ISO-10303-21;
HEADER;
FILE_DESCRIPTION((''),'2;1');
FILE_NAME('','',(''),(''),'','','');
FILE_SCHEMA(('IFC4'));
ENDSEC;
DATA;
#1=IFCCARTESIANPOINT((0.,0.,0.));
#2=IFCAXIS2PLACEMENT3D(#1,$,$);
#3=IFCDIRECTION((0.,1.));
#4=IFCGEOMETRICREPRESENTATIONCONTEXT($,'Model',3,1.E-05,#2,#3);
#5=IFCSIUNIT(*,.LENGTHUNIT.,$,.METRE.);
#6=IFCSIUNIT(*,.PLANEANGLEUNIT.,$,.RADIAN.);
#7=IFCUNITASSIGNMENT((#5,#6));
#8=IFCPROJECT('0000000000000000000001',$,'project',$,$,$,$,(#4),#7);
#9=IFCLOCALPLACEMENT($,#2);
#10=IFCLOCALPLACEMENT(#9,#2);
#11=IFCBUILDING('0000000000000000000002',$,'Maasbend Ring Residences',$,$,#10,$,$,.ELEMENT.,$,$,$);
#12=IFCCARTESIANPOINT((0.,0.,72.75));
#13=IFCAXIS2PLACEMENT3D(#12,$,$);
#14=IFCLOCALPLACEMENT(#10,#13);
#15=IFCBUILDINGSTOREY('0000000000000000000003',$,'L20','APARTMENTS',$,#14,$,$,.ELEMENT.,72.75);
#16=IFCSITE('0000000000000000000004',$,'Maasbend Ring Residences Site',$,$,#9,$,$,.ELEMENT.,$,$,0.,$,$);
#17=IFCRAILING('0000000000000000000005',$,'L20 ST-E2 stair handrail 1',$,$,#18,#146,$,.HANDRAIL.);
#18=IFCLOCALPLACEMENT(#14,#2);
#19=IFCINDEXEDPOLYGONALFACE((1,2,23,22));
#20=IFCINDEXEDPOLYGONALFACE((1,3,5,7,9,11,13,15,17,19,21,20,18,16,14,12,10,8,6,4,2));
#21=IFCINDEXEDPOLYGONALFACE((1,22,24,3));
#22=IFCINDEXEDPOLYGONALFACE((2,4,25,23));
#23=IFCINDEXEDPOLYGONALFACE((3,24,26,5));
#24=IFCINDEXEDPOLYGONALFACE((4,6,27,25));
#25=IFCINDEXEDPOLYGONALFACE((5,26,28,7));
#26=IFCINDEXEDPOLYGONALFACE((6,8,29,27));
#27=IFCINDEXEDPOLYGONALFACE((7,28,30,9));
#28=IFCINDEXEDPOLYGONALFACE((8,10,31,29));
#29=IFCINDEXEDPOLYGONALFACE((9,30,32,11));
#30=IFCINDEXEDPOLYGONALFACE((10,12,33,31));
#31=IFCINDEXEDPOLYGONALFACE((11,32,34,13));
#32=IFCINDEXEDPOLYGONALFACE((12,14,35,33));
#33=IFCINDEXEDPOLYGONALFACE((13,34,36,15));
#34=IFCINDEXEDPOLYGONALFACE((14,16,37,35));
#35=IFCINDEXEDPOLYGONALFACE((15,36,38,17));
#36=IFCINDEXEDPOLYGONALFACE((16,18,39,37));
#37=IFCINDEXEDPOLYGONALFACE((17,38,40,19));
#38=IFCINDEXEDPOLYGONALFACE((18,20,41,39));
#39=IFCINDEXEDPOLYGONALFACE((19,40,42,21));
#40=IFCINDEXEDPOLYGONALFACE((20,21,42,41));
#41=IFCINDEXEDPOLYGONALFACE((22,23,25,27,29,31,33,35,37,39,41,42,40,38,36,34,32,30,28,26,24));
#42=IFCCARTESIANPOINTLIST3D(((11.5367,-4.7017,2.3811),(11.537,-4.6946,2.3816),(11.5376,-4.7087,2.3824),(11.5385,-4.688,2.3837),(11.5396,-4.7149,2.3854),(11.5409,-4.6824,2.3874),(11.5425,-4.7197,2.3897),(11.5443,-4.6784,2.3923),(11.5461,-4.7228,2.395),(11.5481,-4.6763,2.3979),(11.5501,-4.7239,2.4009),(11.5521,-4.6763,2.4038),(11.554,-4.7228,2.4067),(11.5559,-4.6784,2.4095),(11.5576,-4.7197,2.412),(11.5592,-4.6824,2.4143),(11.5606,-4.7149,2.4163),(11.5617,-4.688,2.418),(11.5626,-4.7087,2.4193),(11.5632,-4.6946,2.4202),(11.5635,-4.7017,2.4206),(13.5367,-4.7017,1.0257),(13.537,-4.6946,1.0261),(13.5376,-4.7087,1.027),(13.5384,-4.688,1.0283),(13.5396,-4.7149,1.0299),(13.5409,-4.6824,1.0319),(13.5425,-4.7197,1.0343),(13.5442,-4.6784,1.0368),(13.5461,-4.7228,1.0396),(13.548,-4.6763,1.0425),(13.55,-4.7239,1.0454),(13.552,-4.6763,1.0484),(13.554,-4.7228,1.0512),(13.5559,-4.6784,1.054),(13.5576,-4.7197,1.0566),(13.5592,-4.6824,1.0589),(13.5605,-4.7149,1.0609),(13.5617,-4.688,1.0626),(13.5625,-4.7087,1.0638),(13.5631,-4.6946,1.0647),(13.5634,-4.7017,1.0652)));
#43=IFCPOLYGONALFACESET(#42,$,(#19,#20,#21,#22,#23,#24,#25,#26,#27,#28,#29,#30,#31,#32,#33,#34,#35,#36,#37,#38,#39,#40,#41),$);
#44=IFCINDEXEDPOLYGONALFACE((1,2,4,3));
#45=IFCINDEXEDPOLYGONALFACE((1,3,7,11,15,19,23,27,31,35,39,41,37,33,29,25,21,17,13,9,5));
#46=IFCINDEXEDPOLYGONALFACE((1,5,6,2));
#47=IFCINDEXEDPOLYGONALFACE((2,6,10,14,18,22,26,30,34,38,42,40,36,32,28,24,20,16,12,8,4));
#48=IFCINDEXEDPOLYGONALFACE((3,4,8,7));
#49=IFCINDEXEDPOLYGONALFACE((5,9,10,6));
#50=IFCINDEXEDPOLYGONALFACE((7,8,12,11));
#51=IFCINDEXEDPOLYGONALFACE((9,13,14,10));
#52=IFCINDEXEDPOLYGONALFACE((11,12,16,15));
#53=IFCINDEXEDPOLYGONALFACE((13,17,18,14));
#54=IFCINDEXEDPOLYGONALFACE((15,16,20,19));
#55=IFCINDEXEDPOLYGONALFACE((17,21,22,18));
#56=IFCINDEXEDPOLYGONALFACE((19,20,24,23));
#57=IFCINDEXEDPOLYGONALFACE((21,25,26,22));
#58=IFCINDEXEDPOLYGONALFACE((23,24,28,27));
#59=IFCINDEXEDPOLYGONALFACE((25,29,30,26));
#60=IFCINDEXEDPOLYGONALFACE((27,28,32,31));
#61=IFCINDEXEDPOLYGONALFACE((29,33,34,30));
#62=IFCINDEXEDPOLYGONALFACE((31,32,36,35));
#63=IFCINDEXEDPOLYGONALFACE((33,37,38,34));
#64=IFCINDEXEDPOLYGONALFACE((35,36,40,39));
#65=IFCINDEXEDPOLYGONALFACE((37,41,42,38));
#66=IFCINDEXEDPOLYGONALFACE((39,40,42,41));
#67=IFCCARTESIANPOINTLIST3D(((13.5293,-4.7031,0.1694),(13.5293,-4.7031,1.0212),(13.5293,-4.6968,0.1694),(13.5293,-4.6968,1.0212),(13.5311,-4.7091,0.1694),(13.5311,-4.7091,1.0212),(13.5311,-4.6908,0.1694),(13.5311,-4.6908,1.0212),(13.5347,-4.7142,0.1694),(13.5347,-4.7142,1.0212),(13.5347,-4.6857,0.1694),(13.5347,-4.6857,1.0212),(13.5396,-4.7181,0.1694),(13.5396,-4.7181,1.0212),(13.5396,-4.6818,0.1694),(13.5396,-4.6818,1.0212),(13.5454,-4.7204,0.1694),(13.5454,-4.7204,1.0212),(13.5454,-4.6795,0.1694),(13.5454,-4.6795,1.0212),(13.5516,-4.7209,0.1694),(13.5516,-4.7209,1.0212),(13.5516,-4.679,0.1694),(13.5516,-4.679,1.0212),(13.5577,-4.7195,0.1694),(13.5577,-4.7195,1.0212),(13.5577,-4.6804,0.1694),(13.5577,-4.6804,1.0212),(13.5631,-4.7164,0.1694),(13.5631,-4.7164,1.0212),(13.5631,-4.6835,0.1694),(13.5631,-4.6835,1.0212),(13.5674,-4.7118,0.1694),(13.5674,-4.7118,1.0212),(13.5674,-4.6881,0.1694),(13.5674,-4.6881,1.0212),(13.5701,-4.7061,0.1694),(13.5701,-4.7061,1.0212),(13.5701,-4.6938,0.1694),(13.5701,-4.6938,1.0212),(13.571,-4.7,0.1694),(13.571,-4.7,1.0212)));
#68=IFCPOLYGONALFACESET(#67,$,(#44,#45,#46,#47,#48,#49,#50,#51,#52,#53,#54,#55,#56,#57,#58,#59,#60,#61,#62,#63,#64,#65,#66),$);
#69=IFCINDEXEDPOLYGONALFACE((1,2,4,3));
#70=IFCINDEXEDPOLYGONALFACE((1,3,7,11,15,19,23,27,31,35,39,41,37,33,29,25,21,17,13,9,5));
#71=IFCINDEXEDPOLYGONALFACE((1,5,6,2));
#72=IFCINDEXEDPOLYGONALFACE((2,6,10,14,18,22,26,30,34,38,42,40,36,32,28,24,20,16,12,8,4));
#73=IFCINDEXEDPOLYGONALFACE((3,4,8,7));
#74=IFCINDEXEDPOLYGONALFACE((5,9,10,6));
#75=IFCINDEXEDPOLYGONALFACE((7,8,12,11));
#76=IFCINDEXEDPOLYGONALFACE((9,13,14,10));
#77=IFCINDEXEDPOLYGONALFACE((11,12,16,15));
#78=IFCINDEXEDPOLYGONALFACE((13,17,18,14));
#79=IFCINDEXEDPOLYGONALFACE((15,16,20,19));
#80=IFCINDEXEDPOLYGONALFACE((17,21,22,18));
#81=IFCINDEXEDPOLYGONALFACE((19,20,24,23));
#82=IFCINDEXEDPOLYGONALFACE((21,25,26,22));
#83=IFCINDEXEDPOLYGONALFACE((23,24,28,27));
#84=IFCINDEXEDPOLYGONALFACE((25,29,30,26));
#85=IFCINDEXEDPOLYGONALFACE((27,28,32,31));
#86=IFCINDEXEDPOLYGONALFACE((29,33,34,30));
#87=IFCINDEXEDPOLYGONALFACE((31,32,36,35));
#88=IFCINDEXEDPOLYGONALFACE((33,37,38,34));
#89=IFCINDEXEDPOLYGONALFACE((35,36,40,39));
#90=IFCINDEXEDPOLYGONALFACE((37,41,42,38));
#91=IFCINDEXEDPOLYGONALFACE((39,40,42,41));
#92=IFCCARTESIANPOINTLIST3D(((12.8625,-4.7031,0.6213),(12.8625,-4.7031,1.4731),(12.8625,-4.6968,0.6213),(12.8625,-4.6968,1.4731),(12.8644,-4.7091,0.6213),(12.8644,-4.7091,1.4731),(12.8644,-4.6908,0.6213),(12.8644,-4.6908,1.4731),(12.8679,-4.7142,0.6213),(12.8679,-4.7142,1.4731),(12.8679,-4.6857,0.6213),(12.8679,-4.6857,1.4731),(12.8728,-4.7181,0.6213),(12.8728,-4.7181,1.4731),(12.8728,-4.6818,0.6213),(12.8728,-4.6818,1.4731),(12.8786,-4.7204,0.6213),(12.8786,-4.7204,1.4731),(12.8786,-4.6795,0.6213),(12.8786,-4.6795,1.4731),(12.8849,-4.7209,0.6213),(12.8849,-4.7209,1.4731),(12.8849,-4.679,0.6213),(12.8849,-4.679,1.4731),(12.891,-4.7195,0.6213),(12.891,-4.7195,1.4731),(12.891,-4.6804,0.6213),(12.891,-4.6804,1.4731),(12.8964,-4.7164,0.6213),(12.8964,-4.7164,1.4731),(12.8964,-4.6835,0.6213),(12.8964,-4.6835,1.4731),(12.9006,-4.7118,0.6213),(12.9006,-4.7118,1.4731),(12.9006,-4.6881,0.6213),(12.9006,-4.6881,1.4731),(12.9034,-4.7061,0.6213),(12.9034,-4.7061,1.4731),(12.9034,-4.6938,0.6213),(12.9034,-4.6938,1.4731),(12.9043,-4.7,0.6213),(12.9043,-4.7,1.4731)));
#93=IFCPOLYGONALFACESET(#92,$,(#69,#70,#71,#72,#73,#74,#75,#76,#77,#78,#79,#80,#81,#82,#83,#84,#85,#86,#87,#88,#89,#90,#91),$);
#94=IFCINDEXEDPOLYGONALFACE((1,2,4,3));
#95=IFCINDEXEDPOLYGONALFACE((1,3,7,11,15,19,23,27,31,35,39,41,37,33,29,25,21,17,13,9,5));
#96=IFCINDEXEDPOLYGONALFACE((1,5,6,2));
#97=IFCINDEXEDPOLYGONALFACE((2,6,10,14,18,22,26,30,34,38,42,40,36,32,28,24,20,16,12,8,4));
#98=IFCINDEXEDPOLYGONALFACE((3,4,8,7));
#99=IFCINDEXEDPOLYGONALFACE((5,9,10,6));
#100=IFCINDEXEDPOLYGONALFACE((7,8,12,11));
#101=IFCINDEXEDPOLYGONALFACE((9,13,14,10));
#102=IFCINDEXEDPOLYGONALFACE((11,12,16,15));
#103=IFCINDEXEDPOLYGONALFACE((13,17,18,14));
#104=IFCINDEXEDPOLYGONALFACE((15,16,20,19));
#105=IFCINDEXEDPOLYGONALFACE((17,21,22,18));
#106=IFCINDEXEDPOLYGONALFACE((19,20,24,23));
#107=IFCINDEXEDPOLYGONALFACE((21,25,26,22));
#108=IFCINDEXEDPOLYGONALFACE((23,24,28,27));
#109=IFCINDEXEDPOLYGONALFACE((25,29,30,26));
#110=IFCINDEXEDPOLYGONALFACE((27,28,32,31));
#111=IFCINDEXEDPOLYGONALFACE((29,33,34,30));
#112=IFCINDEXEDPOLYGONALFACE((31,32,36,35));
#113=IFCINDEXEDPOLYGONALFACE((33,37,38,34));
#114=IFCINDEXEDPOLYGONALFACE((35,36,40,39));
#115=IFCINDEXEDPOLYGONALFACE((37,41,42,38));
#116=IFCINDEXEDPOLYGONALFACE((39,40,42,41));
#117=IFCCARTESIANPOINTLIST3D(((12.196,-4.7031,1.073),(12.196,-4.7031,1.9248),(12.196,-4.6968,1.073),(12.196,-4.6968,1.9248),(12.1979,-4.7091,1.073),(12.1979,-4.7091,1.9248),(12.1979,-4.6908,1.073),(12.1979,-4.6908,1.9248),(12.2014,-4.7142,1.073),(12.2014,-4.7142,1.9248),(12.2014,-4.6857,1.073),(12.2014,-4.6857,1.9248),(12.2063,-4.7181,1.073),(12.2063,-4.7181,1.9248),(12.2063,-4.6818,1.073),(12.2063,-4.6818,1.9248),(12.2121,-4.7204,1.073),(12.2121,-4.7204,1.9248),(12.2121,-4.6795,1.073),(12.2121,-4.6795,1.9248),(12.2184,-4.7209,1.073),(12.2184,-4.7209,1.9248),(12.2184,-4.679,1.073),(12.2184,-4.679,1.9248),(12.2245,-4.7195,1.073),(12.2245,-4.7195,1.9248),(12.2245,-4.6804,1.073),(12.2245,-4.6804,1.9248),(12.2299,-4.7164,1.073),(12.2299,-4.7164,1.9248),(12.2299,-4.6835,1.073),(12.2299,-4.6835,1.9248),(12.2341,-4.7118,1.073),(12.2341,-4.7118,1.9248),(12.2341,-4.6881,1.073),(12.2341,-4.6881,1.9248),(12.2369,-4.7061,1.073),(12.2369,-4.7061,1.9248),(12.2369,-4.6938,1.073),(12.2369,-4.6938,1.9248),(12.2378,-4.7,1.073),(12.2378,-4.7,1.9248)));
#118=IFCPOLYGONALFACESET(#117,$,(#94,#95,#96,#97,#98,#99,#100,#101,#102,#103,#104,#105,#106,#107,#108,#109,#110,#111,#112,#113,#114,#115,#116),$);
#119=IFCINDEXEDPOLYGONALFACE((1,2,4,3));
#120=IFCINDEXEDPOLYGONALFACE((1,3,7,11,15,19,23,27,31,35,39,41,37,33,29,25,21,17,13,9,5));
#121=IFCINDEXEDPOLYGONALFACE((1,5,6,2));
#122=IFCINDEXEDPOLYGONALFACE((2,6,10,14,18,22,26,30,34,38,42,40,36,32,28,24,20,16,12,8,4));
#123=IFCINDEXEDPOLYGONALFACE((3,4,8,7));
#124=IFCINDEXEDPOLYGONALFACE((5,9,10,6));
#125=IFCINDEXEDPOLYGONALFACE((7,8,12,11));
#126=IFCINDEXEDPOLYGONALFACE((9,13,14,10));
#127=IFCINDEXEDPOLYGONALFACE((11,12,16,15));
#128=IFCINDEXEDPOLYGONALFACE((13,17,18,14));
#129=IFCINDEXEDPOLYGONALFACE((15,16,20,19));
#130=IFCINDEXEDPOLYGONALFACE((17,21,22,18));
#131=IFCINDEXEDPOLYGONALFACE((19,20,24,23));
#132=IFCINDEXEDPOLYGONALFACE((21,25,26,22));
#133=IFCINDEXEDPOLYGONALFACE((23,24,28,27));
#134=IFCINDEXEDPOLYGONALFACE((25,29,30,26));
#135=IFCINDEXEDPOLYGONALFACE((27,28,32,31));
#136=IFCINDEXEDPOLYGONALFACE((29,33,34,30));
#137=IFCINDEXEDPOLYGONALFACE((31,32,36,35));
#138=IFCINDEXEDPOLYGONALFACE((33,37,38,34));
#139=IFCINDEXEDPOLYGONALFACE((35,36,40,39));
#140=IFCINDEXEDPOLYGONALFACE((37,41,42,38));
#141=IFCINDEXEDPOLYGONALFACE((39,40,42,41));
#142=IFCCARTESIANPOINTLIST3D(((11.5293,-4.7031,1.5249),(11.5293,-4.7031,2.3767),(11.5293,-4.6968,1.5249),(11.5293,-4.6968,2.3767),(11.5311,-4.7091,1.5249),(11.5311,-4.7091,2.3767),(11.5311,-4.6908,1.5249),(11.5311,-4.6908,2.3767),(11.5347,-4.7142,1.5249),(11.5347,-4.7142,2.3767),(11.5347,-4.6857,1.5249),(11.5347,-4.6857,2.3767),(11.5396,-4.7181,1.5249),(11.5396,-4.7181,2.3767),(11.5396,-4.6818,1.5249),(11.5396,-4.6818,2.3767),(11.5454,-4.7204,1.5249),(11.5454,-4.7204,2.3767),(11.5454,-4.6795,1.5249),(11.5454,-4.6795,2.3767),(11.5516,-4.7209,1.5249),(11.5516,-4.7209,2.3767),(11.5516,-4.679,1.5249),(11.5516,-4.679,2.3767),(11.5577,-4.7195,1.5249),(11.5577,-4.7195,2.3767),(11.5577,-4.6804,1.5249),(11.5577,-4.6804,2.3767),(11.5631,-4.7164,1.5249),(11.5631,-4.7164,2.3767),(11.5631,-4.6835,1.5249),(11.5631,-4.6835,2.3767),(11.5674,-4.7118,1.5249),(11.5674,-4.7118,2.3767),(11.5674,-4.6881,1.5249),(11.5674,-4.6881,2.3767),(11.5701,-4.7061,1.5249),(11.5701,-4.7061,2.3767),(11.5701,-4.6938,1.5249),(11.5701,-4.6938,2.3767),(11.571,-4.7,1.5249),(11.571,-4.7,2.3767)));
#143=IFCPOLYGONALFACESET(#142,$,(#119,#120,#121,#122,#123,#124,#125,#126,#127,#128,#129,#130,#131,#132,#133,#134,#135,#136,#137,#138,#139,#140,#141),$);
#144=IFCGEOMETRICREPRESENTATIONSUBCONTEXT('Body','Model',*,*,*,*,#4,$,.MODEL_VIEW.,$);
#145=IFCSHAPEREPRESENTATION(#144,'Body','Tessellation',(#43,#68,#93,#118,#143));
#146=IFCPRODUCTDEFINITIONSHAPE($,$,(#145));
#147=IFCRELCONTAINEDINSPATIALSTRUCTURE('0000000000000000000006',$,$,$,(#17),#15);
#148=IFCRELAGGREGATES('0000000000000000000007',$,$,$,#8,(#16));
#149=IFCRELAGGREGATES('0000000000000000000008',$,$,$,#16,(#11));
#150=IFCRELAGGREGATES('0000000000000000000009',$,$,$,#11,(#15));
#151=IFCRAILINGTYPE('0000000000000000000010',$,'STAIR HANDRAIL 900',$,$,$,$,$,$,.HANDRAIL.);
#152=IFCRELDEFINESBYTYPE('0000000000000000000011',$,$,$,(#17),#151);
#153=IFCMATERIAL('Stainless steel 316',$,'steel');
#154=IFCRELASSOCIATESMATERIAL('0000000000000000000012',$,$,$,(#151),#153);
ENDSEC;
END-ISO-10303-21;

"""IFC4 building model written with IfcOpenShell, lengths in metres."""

from ifc_helpers import new_model, si_unit, direction, frame, origin, origin_2d, place, context, subcontext, project, spatial, circle, extrude, material, type_object, element, save


model = new_model("IFC4")

# Units and contexts
model_context = context("Model", 3, precision=1e-05, world=origin(), true_north=direction((0.0, 1.0)))
body_context = subcontext(model_context, "Body", "Model", "MODEL_VIEW")
ifc_project = project(units=[si_unit("LENGTHUNIT", "METRE"), si_unit("PLANEANGLEUNIT", "RADIAN")], contexts=[model_context])

# Site, building, storey
site_placement = place(None, origin())
site = spatial("IfcSite", under=ifc_project, at=site_placement, Name="Maasbend Ring Residences Site", CompositionType="ELEMENT", RefElevation=0.0)
building_placement = place(site_placement, origin())
building = spatial("IfcBuilding", under=site, at=building_placement, Name="Maasbend Ring Residences", CompositionType="ELEMENT")
storey_placement = place(building_placement, frame((0.0, 0.0, 72.75)))
storey = spatial("IfcBuildingStorey", under=building, at=storey_placement, Name="L20", Description="APARTMENTS", CompositionType="ELEMENT", Elevation=72.75)

# Railing
ifc_material_1 = material(Name="Stainless steel 316", Category="steel")
railing_type_1 = type_object("IfcRailingType", Name="STAIR HANDRAIL 900", PredefinedType="HANDRAIL", material=ifc_material_1)
railing_1_placement = place(storey_placement, frame((13.55, -4.7, 0.1694)))
element("IfcRailing", 1, at=railing_1_placement, inside=storey, type_object=railing_type_1, Name="L20 ST-E2 stair handrail 1", PredefinedType="HANDRAIL", context=body_context, shape_type="SweptSolid", body=[
    extrude(circle(Radius=0.0239, at=origin_2d()), frame((0.0, 0.0, 0.876), z_axis=(-0.827798, 0.0, 0.561027), x_axis=(0.0, -1.0, 0.0)), (0.0, 0.0, 1.0), 2.416),
    extrude(circle(Radius=0.021, at=origin_2d()), origin(), (0.0, 0.0, 1.0), 0.8518),
    extrude(circle(Radius=0.021, at=origin_2d()), frame((-0.6667, 0.0, 0.4519)), (0.0, 0.0, 1.0), 0.8518),
    extrude(circle(Radius=0.021, at=origin_2d()), frame((-1.3333, 0.0, 0.9036)), (0.0, 0.0, 1.0), 0.8518),
    extrude(circle(Radius=0.021, at=origin_2d()), frame((-2.0, 0.0, 1.3555)), (0.0, 0.0, 1.0), 0.8518),
])

save(model, "model.ifc")
